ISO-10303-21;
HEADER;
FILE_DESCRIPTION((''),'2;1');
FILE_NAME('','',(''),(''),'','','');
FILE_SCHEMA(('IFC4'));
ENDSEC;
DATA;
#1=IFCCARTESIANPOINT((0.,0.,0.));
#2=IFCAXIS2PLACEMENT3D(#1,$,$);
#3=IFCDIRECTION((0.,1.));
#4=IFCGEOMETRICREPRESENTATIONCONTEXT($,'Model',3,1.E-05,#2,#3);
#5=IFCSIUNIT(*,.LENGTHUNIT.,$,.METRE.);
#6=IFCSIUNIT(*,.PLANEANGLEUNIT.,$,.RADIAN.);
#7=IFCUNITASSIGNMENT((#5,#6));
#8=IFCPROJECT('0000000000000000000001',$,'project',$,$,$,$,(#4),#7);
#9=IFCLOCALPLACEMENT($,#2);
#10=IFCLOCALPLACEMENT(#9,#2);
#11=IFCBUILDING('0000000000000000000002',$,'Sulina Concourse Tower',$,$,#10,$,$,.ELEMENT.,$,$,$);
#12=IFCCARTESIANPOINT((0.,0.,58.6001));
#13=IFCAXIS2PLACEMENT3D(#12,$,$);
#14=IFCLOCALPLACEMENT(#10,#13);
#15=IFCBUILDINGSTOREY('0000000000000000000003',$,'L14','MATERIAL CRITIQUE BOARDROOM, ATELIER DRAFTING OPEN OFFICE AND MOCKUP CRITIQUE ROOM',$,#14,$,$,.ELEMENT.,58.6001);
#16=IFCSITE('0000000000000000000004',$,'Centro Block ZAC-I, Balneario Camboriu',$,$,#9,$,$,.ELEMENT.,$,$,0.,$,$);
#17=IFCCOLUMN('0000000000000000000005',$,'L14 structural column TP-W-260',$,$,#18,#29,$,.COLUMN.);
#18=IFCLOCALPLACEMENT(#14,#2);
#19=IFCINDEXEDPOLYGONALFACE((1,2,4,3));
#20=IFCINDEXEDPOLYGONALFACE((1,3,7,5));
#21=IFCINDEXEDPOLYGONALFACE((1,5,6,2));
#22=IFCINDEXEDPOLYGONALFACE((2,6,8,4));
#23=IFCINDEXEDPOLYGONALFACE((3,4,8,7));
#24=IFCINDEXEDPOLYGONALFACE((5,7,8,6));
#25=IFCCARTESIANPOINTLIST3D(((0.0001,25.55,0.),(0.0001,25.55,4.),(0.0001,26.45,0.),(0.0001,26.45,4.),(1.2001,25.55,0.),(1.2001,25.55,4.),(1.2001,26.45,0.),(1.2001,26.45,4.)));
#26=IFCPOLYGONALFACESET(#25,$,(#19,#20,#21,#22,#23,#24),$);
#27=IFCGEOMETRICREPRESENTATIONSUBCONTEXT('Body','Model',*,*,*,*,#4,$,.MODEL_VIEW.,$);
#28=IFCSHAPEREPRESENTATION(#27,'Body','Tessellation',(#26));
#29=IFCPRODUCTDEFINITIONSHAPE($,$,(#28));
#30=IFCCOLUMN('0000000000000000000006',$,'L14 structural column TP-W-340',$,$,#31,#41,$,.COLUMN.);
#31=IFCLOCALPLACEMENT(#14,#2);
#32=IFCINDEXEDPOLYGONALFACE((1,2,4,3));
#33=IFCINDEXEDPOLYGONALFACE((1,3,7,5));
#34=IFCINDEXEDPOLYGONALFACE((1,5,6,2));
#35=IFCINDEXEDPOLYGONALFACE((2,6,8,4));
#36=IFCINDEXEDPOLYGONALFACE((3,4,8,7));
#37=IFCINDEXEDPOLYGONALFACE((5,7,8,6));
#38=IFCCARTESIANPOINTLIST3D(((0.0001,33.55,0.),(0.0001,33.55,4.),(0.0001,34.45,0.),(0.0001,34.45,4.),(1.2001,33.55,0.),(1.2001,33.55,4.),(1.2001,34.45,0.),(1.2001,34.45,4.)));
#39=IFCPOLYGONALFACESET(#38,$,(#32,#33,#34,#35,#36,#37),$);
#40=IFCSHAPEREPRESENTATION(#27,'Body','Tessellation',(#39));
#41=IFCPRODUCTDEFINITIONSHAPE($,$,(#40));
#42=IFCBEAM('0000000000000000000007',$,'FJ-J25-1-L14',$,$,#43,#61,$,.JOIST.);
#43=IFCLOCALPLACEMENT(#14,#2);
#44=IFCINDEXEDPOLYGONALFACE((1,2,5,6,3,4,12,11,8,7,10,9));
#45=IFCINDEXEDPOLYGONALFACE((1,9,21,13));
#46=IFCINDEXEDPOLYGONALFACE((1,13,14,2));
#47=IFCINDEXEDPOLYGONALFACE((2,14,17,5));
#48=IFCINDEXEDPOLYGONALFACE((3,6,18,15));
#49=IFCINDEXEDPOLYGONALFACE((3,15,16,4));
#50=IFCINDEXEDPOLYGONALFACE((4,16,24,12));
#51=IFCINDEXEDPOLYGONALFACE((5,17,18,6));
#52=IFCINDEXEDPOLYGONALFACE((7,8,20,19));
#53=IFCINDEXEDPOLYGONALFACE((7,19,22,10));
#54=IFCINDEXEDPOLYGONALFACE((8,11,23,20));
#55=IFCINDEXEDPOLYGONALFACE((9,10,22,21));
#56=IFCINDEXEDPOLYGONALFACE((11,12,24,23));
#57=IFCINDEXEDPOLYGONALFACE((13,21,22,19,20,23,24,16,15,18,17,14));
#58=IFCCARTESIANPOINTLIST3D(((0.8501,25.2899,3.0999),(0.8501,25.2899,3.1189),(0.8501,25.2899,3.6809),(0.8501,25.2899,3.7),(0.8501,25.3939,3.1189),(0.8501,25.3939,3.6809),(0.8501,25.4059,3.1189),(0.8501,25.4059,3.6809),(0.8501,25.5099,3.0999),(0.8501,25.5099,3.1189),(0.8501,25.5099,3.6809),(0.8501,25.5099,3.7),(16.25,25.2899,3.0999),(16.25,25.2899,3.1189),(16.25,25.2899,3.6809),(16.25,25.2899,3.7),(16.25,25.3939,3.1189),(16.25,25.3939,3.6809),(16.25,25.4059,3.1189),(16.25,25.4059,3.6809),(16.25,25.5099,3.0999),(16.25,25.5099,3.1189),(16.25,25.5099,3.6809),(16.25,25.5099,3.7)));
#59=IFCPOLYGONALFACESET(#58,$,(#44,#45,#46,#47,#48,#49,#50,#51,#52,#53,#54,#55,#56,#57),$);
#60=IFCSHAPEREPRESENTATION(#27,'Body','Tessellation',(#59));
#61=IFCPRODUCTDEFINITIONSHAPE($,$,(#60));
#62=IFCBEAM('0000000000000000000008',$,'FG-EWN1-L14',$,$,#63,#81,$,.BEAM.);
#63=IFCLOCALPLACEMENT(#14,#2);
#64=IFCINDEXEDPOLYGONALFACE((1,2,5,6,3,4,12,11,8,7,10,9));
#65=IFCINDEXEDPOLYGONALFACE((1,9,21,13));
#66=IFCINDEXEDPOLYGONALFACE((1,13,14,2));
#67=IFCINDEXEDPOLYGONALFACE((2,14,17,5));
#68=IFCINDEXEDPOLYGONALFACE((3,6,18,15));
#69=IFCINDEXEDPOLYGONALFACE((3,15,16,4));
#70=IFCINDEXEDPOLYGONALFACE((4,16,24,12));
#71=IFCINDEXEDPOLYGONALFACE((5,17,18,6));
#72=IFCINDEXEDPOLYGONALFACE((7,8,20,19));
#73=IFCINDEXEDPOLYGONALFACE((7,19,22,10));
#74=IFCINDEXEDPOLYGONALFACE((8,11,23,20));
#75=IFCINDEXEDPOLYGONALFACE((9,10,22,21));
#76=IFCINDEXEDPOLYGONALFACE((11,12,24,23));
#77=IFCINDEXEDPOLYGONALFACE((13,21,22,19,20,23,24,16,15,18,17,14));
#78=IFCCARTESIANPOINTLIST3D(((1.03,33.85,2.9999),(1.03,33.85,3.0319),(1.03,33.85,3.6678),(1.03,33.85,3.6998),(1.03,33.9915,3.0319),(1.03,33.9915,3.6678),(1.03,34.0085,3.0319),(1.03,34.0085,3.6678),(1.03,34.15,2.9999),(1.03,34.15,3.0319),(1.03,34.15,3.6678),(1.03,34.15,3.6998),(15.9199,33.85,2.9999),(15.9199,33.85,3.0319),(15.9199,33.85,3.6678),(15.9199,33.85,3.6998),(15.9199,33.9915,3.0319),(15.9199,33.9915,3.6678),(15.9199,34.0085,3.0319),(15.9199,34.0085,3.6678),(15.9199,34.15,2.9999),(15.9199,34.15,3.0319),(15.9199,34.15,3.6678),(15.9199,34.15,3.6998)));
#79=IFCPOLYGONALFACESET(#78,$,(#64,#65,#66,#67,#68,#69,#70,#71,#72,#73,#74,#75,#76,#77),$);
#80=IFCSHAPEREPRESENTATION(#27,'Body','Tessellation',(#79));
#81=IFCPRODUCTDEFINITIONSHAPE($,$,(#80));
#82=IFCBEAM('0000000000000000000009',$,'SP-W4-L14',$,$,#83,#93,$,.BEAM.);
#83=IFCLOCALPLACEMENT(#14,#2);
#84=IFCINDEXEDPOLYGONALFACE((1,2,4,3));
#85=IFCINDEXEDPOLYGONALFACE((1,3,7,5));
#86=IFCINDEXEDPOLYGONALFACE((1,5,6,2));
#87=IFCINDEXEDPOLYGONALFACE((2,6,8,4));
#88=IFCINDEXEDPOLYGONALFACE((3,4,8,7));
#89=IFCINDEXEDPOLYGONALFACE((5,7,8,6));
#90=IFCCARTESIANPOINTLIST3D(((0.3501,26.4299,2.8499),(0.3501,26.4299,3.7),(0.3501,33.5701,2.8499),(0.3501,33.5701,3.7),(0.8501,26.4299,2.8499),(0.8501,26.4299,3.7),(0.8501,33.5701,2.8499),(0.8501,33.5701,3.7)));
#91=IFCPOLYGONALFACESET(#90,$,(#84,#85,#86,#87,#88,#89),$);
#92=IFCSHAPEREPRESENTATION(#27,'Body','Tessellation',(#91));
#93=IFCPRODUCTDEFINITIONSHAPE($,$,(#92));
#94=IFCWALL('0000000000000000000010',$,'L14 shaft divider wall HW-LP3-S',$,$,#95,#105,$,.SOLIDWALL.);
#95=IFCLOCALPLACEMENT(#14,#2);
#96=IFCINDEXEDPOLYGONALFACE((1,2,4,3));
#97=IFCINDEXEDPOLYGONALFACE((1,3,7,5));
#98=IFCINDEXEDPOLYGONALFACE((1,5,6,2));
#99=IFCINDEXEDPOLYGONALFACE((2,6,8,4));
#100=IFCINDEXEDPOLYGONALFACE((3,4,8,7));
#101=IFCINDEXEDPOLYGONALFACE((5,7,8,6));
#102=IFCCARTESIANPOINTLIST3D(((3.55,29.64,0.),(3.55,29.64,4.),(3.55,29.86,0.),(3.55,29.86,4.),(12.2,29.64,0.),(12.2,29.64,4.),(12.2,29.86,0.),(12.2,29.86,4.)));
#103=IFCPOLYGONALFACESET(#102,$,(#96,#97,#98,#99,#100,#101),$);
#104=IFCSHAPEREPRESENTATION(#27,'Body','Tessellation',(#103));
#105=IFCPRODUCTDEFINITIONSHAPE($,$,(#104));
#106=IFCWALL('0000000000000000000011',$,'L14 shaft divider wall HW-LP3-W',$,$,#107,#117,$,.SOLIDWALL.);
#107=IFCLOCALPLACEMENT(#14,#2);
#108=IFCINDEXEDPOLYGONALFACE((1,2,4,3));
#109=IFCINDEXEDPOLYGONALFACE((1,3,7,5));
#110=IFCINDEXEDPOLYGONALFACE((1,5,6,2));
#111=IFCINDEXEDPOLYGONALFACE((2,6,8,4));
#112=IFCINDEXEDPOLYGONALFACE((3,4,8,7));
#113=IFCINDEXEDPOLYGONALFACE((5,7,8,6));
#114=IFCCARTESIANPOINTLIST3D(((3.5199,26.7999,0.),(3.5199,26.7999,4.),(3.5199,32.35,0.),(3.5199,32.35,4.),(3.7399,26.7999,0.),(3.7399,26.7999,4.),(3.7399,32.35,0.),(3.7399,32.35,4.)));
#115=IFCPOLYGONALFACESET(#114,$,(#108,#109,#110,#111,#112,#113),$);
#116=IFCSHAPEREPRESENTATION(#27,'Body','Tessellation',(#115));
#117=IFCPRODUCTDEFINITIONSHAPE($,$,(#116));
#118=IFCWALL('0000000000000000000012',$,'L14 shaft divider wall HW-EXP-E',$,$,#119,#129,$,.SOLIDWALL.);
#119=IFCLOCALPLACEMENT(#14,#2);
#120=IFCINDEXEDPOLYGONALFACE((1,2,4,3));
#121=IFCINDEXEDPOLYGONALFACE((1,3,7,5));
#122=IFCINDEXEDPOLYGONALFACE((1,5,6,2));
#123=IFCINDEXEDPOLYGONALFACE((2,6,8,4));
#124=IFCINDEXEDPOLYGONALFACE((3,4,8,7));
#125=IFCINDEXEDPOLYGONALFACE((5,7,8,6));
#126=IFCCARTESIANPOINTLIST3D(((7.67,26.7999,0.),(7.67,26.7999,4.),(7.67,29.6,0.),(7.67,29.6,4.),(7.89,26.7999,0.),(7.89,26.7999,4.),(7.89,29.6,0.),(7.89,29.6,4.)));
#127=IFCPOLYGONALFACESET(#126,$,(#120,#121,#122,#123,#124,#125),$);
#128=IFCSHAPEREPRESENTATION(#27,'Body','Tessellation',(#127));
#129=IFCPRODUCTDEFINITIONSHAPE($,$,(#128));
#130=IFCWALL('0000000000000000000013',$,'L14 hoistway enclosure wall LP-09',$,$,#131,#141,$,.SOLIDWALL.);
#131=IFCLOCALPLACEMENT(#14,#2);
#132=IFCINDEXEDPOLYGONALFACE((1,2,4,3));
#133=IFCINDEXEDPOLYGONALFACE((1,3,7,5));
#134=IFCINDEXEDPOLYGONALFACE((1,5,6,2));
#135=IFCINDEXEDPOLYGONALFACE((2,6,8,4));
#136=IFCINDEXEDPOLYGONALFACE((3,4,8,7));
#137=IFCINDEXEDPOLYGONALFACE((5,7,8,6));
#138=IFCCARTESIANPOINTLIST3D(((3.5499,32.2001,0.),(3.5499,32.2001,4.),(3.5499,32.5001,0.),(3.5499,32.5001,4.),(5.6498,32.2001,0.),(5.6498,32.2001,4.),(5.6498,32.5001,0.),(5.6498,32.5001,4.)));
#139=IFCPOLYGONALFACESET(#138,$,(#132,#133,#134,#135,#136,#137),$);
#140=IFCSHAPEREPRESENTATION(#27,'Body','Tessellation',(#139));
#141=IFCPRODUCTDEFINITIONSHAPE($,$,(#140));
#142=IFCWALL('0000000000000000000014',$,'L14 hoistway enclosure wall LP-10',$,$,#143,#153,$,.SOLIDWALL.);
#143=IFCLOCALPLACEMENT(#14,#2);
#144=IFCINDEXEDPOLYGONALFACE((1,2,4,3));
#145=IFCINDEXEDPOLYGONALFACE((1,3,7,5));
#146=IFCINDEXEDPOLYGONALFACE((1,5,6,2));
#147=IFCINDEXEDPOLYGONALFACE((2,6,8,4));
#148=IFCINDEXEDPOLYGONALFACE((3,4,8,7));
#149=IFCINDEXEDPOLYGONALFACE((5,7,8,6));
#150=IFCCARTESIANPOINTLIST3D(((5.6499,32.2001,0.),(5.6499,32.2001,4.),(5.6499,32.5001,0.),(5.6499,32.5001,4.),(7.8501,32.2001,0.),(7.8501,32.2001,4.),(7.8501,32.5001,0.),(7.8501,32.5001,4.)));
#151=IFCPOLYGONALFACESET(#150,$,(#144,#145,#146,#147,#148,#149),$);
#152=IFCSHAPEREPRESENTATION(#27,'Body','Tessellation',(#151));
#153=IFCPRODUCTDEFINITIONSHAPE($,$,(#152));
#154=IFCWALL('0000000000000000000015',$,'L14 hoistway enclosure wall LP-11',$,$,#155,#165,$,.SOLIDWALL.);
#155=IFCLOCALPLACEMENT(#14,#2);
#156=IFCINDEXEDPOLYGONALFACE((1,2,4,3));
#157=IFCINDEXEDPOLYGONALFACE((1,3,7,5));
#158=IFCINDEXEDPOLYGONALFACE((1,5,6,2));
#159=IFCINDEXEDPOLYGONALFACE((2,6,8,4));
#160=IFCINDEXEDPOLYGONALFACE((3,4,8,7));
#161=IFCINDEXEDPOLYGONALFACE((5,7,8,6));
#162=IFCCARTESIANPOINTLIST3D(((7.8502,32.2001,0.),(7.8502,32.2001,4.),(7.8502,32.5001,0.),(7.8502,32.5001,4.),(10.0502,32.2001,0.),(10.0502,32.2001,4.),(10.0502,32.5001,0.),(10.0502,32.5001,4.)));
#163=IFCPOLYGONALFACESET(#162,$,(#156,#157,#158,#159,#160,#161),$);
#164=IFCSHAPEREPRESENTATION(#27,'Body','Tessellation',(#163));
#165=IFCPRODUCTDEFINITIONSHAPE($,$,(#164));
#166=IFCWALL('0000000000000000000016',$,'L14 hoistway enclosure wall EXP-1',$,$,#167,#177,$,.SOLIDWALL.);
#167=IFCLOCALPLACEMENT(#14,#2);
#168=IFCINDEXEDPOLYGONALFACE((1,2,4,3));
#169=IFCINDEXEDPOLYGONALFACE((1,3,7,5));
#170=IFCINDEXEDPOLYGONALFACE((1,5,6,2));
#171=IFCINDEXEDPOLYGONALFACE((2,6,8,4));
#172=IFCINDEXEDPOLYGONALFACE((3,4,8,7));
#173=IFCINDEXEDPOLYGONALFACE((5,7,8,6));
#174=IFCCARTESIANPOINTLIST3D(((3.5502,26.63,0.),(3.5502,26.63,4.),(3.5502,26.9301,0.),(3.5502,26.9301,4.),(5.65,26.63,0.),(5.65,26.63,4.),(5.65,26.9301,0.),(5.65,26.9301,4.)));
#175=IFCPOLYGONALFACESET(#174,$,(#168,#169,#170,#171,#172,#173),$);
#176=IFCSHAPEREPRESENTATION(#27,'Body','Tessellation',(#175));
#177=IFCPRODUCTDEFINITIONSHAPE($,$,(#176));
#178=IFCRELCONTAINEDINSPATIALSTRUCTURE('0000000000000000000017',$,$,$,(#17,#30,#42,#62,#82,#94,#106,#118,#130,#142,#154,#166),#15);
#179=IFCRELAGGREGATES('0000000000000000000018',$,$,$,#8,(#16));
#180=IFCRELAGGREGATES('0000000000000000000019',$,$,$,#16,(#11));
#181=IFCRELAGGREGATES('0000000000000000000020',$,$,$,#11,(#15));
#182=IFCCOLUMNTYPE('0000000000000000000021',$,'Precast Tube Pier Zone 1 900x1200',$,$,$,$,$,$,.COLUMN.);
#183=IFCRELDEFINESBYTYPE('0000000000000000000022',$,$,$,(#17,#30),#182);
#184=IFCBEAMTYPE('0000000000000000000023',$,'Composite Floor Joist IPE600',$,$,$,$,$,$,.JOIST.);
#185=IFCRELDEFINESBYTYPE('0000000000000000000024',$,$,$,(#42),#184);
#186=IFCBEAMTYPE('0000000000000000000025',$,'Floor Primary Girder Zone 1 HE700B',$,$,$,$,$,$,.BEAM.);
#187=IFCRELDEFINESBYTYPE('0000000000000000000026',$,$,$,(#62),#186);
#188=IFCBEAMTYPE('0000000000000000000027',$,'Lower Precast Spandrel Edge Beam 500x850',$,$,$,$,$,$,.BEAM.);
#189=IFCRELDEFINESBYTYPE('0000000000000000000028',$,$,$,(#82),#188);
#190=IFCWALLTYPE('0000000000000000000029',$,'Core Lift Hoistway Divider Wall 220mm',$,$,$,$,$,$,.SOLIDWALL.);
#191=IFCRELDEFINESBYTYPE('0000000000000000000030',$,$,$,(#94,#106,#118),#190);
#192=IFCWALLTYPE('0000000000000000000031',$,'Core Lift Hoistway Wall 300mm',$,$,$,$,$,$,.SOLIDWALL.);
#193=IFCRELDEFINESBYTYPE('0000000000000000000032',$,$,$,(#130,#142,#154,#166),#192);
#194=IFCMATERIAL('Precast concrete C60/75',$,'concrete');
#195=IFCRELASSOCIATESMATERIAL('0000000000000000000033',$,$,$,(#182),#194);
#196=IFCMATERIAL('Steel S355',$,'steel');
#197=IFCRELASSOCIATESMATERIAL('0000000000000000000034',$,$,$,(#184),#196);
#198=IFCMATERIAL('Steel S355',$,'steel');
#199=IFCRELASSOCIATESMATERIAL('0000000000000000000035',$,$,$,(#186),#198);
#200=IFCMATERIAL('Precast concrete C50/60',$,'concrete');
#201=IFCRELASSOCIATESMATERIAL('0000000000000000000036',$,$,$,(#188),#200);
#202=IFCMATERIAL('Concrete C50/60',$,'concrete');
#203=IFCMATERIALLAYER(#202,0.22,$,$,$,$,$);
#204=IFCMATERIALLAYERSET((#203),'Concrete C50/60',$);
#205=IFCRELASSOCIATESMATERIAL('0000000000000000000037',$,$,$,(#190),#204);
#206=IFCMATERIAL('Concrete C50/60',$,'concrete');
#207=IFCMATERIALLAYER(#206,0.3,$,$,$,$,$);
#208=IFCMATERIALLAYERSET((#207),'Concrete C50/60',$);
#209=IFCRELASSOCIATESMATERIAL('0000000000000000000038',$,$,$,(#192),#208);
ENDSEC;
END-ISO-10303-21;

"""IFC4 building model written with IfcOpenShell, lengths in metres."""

from ifc_helpers import new_model, si_unit, direction, frame, frame_2d, origin, origin_2d, place, context, subcontext, project, spatial, rectangle, i_section, extrude, material, layer, layer_set, material_profile, profile_set, type_object, element, save


model = new_model("IFC4")

# Units and contexts
model_context = context("Model", 3, precision=1e-05, world=origin(), true_north=direction((0.0, 1.0)))
body_context = subcontext(model_context, "Body", "Model", "MODEL_VIEW")
ifc_project = project(units=[si_unit("LENGTHUNIT", "METRE"), si_unit("PLANEANGLEUNIT", "RADIAN")], contexts=[model_context])

# Site, building, storey
site_placement = place(None, origin())
site = spatial("IfcSite", under=ifc_project, at=site_placement, Name="Centro Block ZAC-I, Balneario Camboriu", CompositionType="ELEMENT", RefElevation=0.0)
building_placement = place(site_placement, origin())
building = spatial("IfcBuilding", under=site, at=building_placement, Name="Sulina Concourse Tower", CompositionType="ELEMENT")
storey_placement = place(building_placement, frame((0.0, 0.0, 58.6001)))
storey = spatial("IfcBuildingStorey", under=building, at=storey_placement, Name="L14", Description="MATERIAL CRITIQUE BOARDROOM, ATELIER DRAFTING OPEN OFFICE AND MOCKUP CRITIQUE ROOM", CompositionType="ELEMENT", Elevation=58.6001)

# Columns
ifc_material_1 = material(Name="Precast concrete C60/75", Category="concrete")
ifc_material_profile_1 = material_profile(ifc_material_1, rectangle(XDim=0.8999, YDim=1.2, at=origin_2d()), Name="PC 900x1200")
ifc_profile_set_1 = profile_set([ifc_material_profile_1], Name="Precast concrete C60/75")
column_type = type_object("IfcColumnType", Name="Precast Tube Pier Zone 1 900x1200", PredefinedType="COLUMN", material=ifc_profile_set_1)
for number, where, z_axis, x_axis, name in (
    (1, (0.6001, 26.0, 0.0), (0.0, 0.0, 1.0), (0.0, 1.0, 0.0), "L14 structural column TP-W-260"),
    (2, (0.6001, 34.0, 0.0), (0.0, 0.0, 1.0), (0.0, 1.0, 0.0), "L14 structural column TP-W-340"),
):
    element("IfcColumn", number, at=place(storey_placement, frame(where, z_axis=z_axis, x_axis=x_axis)), inside=storey, type_object=column_type, Name=name, PredefinedType="COLUMN", context=body_context, shape_type="SweptSolid", body=[
        extrude(rectangle(XDim=0.8999, YDim=1.2, at=origin_2d()), origin(), (0.0, 0.0, 1.0), 4.0),
    ])

# Beams
ifc_material_2 = material(Name="Steel S355", Category="steel")
ifc_material_profile_2 = material_profile(ifc_material_2, i_section(OverallWidth=0.22, OverallDepth=0.6001, WebThickness=0.012, FlangeThickness=0.019, at=origin_2d()), Name="IPE 600")
ifc_profile_set_2 = profile_set([ifc_material_profile_2], Name="Steel S355")
beam_type_1 = type_object("IfcBeamType", Name="Composite Floor Joist IPE600", PredefinedType="JOIST", material=ifc_profile_set_2)
beam_1_placement = place(storey_placement, frame((0.8501, 25.3999, 3.3999), z_axis=(1.0, 0.0, 0.0), x_axis=(0.0, 1.0, 0.0)))
element("IfcBeam", 3, at=beam_1_placement, inside=storey, type_object=beam_type_1, Name="FJ-J25-1-L14", PredefinedType="JOIST", context=body_context, shape_type="SweptSolid", body=[
    extrude(i_section(OverallWidth=0.22, OverallDepth=0.6001, WebThickness=0.012, FlangeThickness=0.019, at=origin_2d()), origin(), (0.0, 0.0, 1.0), 15.3999),
])
ifc_material_3 = material(Name="Steel S355", Category="steel")
ifc_material_profile_3 = material_profile(ifc_material_3, i_section(OverallWidth=0.3, OverallDepth=0.7, WebThickness=0.0171, FlangeThickness=0.032, at=origin_2d()), Name="HE 700 B")
ifc_profile_set_3 = profile_set([ifc_material_profile_3], Name="Steel S355")
beam_type_2 = type_object("IfcBeamType", Name="Floor Primary Girder Zone 1 HE700B", PredefinedType="BEAM", material=ifc_profile_set_3)
beam_2_placement = place(storey_placement, frame((1.03, 34.0, 3.3499), z_axis=(1.0, 0.0, 0.0), x_axis=(0.0, 1.0, 0.0)))
element("IfcBeam", 4, at=beam_2_placement, inside=storey, type_object=beam_type_2, Name="FG-EWN1-L14", PredefinedType="BEAM", context=body_context, shape_type="SweptSolid", body=[
    extrude(i_section(OverallWidth=0.3, OverallDepth=0.7, WebThickness=0.0171, FlangeThickness=0.032, at=origin_2d()), origin(), (0.0, 0.0, 1.0), 14.8899),
])
ifc_material_4 = material(Name="Precast concrete C50/60", Category="concrete")
ifc_material_profile_4 = material_profile(ifc_material_4, rectangle(XDim=0.5, YDim=0.8501, at=origin_2d()), Name="RC 500x850")
ifc_profile_set_4 = profile_set([ifc_material_profile_4], Name="Precast concrete C50/60")
beam_type_3 = type_object("IfcBeamType", Name="Lower Precast Spandrel Edge Beam 500x850", PredefinedType="BEAM", material=ifc_profile_set_4)
beam_3_placement = place(storey_placement, frame((0.6001, 26.4299, 3.2749), z_axis=(0.0, 1.0, 0.0), x_axis=(-1.0, 0.0, 0.0)))
element("IfcBeam", 5, at=beam_3_placement, inside=storey, type_object=beam_type_3, Name="SP-W4-L14", PredefinedType="BEAM", context=body_context, shape_type="SweptSolid", body=[
    extrude(rectangle(XDim=0.5, YDim=0.8501, at=origin_2d()), origin(), (0.0, 0.0, 1.0), 7.1401),
])

# Walls
ifc_material_5 = material(Name="Concrete C50/60", Category="concrete")
ifc_layer_1 = layer(ifc_material_5, 0.22)
ifc_layer_set_1 = layer_set([ifc_layer_1], Name="Concrete C50/60")
wall_type_1 = type_object("IfcWallType", Name="Core Lift Hoistway Divider Wall 220mm", PredefinedType="SOLIDWALL", material=ifc_layer_set_1)
wall_1_placement = place(storey_placement, frame((3.55, 29.75, 0.0), z_axis=(0.0, 0.0, 1.0), x_axis=(1.0, 0.0, 0.0)))
element("IfcWall", 6, at=wall_1_placement, inside=storey, type_object=wall_type_1, Name="L14 shaft divider wall HW-LP3-S", PredefinedType="SOLIDWALL", context=body_context, shape_type="SweptSolid", body=[
    extrude(rectangle(XDim=8.6499, YDim=0.22, at=frame_2d((4.325, 0.0))), origin(), (0.0, 0.0, 1.0), 4.0),
])
wall_2_placement = place(storey_placement, frame((3.6299, 26.8, 0.0), z_axis=(0.0, 0.0, 1.0), x_axis=(0.0, 1.0, 0.0)))
element("IfcWall", 7, at=wall_2_placement, inside=storey, type_object=wall_type_1, Name="L14 shaft divider wall HW-LP3-W", PredefinedType="SOLIDWALL", context=body_context, shape_type="SweptSolid", body=[
    extrude(rectangle(XDim=5.55, YDim=0.22, at=frame_2d((2.7749, 0.0))), origin(), (0.0, 0.0, 1.0), 4.0),
])
wall_3_placement = place(storey_placement, frame((7.78, 26.8, 0.0), z_axis=(0.0, 0.0, 1.0), x_axis=(0.0, 1.0, 0.0)))
element("IfcWall", 8, at=wall_3_placement, inside=storey, type_object=wall_type_1, Name="L14 shaft divider wall HW-EXP-E", PredefinedType="SOLIDWALL", context=body_context, shape_type="SweptSolid", body=[
    extrude(rectangle(XDim=2.8, YDim=0.22, at=frame_2d((1.3999, 0.0))), origin(), (0.0, 0.0, 1.0), 4.0),
])
ifc_material_6 = material(Name="Concrete C50/60", Category="concrete")
ifc_layer_2 = layer(ifc_material_6, 0.3)
ifc_layer_set_2 = layer_set([ifc_layer_2], Name="Concrete C50/60")
wall_type_2 = type_object("IfcWallType", Name="Core Lift Hoistway Wall 300mm", PredefinedType="SOLIDWALL", material=ifc_layer_set_2)
wall_4_placement = place(storey_placement, frame((3.55, 32.3501, 0.0), z_axis=(0.0, 0.0, 1.0), x_axis=(1.0, 0.0, 0.0)))
element("IfcWall", 9, at=wall_4_placement, inside=storey, type_object=wall_type_2, Name="L14 hoistway enclosure wall LP-09", PredefinedType="SOLIDWALL", context=body_context, shape_type="SweptSolid", body=[
    extrude(rectangle(XDim=2.0999, YDim=0.3, at=frame_2d((1.0498, 0.0))), origin(), (0.0, 0.0, 1.0), 4.0),
])
wall_5_placement = place(storey_placement, frame((5.6499, 32.3501, 0.0), z_axis=(0.0, 0.0, 1.0), x_axis=(1.0, 0.0, 0.0)))
element("IfcWall", 10, at=wall_5_placement, inside=storey, type_object=wall_type_2, Name="L14 hoistway enclosure wall LP-10", PredefinedType="SOLIDWALL", context=body_context, shape_type="SweptSolid", body=[
    extrude(rectangle(XDim=2.2002, YDim=0.3, at=frame_2d((1.1001, 0.0))), origin(), (0.0, 0.0, 1.0), 4.0),
])
wall_6_placement = place(storey_placement, frame((7.8501, 32.3501, 0.0), z_axis=(0.0, 0.0, 1.0), x_axis=(1.0, 0.0, 0.0)))
element("IfcWall", 11, at=wall_6_placement, inside=storey, type_object=wall_type_2, Name="L14 hoistway enclosure wall LP-11", PredefinedType="SOLIDWALL", context=body_context, shape_type="SweptSolid", body=[
    extrude(rectangle(XDim=2.2, YDim=0.3, at=frame_2d((1.1001, 0.0))), origin(), (0.0, 0.0, 1.0), 4.0),
])
wall_7_placement = place(storey_placement, frame((5.6499, 26.78, 0.0), z_axis=(0.0, 0.0, 1.0), x_axis=(-1.0, 0.0, 0.0)))
element("IfcWall", 12, at=wall_7_placement, inside=storey, type_object=wall_type_2, Name="L14 hoistway enclosure wall EXP-1", PredefinedType="SOLIDWALL", context=body_context, shape_type="SweptSolid", body=[
    extrude(rectangle(XDim=2.0999, YDim=0.3, at=frame_2d((1.0498, 0.0))), origin(), (0.0, 0.0, 1.0), 4.0),
])

save(model, "model.ifc")
